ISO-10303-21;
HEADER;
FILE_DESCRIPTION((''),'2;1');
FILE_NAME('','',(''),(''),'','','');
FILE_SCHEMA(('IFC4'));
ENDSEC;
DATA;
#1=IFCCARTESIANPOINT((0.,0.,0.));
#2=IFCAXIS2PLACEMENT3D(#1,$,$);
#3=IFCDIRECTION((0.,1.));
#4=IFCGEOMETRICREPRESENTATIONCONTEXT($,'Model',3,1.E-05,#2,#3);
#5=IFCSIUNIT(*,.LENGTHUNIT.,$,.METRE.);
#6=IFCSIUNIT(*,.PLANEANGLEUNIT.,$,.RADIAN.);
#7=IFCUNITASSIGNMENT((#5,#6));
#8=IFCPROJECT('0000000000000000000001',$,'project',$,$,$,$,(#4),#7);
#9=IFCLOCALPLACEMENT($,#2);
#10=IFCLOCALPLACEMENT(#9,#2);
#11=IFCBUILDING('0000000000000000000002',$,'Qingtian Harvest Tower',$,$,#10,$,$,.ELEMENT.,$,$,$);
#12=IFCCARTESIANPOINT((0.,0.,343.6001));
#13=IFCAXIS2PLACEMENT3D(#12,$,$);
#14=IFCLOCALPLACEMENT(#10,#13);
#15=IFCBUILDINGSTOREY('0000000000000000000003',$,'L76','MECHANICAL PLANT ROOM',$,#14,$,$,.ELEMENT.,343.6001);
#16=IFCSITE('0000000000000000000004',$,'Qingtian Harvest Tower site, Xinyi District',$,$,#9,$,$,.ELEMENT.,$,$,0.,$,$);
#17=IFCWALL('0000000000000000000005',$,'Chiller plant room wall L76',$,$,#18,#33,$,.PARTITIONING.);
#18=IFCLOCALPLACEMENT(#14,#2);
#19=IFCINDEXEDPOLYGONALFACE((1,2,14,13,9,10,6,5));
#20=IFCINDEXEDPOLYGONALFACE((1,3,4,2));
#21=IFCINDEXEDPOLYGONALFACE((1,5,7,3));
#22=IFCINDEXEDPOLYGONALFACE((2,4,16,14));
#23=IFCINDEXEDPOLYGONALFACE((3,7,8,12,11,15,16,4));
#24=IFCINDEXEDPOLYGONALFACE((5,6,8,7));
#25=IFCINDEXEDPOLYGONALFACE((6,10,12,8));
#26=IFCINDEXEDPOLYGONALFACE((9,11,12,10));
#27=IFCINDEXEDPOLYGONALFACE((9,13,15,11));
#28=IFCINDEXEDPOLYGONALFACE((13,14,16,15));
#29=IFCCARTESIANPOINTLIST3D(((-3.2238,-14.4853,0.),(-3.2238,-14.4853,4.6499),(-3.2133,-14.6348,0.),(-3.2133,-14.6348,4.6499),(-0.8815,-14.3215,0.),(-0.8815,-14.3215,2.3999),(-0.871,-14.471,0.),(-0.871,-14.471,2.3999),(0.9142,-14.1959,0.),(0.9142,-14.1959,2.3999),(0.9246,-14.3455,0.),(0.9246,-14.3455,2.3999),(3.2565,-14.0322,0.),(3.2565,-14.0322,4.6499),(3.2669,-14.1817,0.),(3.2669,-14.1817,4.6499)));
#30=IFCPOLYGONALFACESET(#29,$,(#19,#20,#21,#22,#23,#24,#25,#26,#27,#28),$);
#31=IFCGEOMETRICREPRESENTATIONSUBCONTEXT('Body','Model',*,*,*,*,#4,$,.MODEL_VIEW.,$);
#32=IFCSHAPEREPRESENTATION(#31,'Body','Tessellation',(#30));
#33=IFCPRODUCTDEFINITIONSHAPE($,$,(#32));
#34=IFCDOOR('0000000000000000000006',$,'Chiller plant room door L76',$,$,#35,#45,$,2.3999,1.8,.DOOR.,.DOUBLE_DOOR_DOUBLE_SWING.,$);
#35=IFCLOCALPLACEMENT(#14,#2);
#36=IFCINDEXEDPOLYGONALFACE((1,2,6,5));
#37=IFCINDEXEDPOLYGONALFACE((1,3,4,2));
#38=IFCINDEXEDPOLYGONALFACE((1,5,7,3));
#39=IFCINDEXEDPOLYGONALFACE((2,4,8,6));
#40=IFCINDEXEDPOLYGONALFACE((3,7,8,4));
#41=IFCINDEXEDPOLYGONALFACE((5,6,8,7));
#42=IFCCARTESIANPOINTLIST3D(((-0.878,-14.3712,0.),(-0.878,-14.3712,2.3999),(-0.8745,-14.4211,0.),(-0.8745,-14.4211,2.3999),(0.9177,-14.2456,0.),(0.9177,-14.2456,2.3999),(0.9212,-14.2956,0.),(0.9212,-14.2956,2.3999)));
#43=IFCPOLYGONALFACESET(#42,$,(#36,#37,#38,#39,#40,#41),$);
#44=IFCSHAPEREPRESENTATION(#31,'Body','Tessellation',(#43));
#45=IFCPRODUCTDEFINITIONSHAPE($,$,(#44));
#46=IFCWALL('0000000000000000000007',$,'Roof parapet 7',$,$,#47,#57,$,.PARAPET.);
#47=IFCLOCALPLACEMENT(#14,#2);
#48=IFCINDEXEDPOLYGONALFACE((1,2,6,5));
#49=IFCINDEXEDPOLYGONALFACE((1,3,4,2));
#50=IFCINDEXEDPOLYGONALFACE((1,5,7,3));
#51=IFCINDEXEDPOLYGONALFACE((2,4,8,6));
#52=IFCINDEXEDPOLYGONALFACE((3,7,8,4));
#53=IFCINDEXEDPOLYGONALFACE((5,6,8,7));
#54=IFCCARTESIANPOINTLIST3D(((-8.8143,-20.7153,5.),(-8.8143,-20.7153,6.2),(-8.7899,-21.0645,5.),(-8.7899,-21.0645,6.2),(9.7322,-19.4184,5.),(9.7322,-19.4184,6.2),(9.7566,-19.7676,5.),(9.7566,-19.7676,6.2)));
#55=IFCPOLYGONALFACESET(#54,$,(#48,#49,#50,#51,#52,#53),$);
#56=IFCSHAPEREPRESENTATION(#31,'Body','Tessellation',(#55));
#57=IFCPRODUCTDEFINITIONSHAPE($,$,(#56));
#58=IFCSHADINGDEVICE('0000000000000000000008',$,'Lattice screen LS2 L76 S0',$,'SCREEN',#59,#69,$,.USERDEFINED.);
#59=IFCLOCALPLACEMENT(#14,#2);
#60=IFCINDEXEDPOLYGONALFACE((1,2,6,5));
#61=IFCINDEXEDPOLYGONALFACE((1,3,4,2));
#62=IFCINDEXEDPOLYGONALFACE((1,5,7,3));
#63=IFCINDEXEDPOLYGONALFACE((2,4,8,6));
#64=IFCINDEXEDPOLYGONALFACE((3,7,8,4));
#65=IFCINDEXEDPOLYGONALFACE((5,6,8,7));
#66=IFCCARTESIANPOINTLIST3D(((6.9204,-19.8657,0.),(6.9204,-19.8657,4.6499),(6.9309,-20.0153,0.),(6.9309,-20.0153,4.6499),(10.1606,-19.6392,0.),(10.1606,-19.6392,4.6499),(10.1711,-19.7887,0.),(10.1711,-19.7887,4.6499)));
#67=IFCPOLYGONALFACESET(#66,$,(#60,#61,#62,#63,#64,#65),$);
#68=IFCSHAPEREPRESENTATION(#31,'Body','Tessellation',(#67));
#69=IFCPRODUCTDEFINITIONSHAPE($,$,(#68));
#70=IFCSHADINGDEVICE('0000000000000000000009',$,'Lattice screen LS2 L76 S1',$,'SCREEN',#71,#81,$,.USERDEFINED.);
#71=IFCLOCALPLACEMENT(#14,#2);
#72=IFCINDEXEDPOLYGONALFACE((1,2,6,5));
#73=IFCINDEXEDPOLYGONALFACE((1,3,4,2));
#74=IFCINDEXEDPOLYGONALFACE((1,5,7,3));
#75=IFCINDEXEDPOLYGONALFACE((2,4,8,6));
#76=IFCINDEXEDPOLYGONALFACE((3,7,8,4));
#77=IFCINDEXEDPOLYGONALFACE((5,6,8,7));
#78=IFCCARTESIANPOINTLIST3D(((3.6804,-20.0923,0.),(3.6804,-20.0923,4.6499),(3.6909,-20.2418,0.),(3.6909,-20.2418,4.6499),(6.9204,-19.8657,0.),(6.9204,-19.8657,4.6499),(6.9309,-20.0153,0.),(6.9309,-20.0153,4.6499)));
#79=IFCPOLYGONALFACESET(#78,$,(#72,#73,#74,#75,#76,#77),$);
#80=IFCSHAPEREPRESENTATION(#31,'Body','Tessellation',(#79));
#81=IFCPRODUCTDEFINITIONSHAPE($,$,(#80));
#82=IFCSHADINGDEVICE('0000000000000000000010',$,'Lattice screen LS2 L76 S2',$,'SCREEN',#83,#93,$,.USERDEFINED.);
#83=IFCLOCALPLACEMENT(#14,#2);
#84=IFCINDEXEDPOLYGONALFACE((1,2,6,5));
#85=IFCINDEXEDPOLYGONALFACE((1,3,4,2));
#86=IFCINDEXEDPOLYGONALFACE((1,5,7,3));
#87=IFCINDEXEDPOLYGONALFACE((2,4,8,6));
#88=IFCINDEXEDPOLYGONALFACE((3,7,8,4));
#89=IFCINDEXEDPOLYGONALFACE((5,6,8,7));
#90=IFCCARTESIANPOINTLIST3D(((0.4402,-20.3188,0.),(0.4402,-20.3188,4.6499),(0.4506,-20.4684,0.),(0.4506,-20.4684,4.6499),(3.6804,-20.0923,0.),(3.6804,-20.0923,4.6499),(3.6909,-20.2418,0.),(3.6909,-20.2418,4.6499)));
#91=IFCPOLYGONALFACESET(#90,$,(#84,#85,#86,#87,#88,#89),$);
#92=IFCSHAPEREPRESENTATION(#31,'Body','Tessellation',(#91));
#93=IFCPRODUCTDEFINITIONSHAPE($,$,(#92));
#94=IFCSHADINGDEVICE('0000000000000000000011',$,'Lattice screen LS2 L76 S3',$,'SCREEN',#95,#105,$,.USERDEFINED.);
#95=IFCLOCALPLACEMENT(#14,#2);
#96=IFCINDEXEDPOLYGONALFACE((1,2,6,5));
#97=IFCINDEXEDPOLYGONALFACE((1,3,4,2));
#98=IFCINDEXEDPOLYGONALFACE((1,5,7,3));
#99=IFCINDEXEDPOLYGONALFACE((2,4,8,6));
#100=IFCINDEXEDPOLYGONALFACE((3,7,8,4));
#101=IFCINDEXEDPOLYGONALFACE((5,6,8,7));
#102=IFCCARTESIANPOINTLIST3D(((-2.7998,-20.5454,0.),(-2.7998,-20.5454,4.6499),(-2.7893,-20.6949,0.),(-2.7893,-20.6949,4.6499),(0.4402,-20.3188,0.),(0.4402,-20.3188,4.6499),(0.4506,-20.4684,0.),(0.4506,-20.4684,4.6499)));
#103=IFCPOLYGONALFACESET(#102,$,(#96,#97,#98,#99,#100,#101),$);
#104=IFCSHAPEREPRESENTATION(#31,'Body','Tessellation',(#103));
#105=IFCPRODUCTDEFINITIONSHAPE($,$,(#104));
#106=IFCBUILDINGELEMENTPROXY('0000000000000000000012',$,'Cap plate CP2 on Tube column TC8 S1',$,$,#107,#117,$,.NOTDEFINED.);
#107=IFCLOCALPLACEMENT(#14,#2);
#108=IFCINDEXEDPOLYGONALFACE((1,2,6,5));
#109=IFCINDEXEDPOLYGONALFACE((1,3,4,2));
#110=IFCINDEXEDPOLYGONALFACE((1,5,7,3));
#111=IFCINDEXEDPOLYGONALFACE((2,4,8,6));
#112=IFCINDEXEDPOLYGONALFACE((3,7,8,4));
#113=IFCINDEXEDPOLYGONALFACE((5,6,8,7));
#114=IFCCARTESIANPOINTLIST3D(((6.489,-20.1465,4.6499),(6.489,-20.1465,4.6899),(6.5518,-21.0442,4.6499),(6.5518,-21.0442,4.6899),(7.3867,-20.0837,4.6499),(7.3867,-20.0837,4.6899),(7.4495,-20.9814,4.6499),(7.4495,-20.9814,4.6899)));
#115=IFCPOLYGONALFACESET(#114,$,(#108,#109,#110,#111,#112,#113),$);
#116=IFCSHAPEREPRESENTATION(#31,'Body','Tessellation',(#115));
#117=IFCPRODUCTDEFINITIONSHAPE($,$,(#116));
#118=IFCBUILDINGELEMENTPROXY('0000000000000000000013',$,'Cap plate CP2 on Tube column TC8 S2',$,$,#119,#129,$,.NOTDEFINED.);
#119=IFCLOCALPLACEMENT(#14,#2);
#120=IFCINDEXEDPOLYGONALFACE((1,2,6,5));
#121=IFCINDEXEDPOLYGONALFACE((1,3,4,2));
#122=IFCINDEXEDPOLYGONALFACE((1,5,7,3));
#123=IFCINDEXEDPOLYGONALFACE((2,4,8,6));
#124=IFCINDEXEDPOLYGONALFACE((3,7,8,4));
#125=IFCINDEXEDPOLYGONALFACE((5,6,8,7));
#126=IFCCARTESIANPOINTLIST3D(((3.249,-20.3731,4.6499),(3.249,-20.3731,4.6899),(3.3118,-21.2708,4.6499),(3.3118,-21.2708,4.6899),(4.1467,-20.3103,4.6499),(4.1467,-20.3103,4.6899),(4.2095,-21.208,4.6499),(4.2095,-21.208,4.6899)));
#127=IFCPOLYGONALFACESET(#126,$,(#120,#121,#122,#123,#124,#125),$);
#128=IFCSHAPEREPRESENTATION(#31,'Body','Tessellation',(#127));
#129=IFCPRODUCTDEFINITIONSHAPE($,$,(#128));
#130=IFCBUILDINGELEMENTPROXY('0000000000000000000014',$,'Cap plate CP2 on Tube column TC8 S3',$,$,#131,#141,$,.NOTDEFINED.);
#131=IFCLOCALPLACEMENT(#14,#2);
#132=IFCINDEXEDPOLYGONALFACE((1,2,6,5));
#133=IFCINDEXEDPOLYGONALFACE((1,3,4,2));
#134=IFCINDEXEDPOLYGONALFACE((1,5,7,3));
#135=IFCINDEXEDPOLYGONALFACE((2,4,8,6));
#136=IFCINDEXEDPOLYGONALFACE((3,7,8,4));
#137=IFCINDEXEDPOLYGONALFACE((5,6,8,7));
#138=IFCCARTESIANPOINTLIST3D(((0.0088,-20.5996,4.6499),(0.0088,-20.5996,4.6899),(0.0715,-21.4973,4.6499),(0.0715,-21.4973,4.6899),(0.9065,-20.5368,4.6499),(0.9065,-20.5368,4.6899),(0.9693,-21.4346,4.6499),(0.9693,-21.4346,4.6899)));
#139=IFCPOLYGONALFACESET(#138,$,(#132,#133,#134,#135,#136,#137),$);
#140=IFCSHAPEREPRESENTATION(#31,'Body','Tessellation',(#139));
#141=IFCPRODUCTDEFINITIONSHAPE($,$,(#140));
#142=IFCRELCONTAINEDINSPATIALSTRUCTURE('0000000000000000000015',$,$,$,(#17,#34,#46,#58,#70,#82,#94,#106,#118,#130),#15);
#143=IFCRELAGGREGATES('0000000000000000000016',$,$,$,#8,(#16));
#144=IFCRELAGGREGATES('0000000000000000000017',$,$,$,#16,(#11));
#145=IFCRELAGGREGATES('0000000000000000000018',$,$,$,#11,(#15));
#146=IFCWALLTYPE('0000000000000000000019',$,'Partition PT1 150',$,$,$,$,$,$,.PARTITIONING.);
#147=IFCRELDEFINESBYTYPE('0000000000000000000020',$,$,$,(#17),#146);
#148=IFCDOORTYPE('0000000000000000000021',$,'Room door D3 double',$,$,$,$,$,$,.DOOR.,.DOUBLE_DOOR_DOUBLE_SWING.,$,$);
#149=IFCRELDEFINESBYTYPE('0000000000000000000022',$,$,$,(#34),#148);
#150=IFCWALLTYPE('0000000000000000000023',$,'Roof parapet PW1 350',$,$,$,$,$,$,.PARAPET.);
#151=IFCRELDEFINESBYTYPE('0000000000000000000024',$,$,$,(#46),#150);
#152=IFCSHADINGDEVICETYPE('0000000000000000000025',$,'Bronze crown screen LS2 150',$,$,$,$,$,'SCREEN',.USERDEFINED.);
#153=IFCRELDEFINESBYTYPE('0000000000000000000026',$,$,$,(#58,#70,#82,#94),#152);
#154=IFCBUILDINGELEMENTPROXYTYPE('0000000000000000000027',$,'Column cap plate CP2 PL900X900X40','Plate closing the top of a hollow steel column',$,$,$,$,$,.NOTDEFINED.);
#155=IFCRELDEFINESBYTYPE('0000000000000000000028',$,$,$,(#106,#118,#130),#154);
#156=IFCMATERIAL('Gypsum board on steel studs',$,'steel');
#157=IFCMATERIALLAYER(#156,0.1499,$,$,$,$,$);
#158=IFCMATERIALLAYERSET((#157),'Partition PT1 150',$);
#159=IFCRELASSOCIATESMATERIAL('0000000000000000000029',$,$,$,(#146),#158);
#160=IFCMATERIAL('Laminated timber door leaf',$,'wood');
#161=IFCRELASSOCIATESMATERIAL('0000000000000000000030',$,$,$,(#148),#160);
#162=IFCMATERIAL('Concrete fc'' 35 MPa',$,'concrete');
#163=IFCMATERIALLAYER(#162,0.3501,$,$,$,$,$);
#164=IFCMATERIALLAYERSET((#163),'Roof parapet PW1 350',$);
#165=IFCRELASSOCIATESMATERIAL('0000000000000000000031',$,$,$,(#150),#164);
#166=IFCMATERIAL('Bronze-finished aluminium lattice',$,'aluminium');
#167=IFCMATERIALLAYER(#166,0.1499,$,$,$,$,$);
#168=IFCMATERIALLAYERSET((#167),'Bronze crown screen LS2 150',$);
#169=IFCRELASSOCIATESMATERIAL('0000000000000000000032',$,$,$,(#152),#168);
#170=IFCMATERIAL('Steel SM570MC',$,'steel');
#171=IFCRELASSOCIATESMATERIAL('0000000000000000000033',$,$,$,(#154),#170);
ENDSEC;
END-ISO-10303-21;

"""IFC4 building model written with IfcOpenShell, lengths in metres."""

from ifc_helpers import new_model, si_unit, direction, frame, frame_2d, origin, origin_2d, place, context, subcontext, project, spatial, polyline, rectangle, outline, extrude, material, layer, layer_set, material_profile, profile_set, type_object, element, fill, save


model = new_model("IFC4")

# Units and contexts
model_context = context("Model", 3, precision=1e-05, world=origin(), true_north=direction((0.0, 1.0)))
body_context = subcontext(model_context, "Body", "Model", "MODEL_VIEW")
ifc_project = project(units=[si_unit("LENGTHUNIT", "METRE"), si_unit("PLANEANGLEUNIT", "RADIAN")], contexts=[model_context])

# Site, building, storey
site_placement = place(None, origin())
site = spatial("IfcSite", under=ifc_project, at=site_placement, Name="Qingtian Harvest Tower site, Xinyi District", CompositionType="ELEMENT", RefElevation=0.0)
building_placement = place(site_placement, origin())
building = spatial("IfcBuilding", under=site, at=building_placement, Name="Qingtian Harvest Tower", CompositionType="ELEMENT")
storey_placement = place(building_placement, frame((0.0, 0.0, 343.6001)))
storey = spatial("IfcBuildingStorey", under=building, at=storey_placement, Name="L76", Description="MECHANICAL PLANT ROOM", CompositionType="ELEMENT", Elevation=343.6001)

# Shared definitions
ifc_material_1 = material(Name="Gypsum board on steel studs", Category="steel")
ifc_layer_1 = layer(ifc_material_1, 0.1499)
ifc_layer_set_1 = layer_set([ifc_layer_1], Name="Partition PT1 150")
wall_type_1 = type_object("IfcWallType", Name="Partition PT1 150", PredefinedType="PARTITIONING", material=ifc_layer_set_1)

# Wall, opening, door
wall_1_placement = place(storey_placement, frame((3.2617, -14.1069, 0.0), z_axis=(0.0, 0.0, 1.0), x_axis=(-0.997564, -0.069754, 0.0)))
wall_1 = element("IfcWall", 1, at=wall_1_placement, inside=storey, type_object=wall_type_1, Name="Chiller plant room wall L76", PredefinedType="PARTITIONING", context=body_context, shape_type="SweptSolid", body=[
    extrude(rectangle(XDim=6.4961, YDim=0.1499, at=frame_2d((3.248, 0.0))), origin(), (0.0, 0.0, 1.0), 4.6499),
])
opening_placement = place(wall_1_placement, frame((2.3481, 0.0, 0.0)))
opening = element("IfcOpeningElement", 2, at=opening_placement, cuts=wall_1, PredefinedType="OPENING", context=body_context, shape_type="SweptSolid", body=[
    extrude(rectangle(XDim=1.8, YDim=2.3999, at=frame_2d((0.8999, 1.2))), frame((0.0, 0.085, 0.0), z_axis=(0.0, -1.0, 0.0), x_axis=(1.0, 0.0, 0.0)), (0.0, 0.0, 1.0), 0.1699),
])
ifc_material_2 = material(Name="Laminated timber door leaf", Category="wood")
door_type = type_object("IfcDoorType", Name="Room door D3 double", OperationType="DOUBLE_DOOR_DOUBLE_SWING", PredefinedType="DOOR", material=ifc_material_2)
door_placement = place(opening_placement, origin())
door = element("IfcDoor", 3, at=door_placement, inside=storey, type_object=door_type, Name="Chiller plant room door L76", OperationType="DOUBLE_DOOR_DOUBLE_SWING", OverallHeight=2.3999, OverallWidth=1.8, PredefinedType="DOOR", context=body_context, shape_type="SweptSolid", body=[
    extrude(rectangle(XDim=1.8, YDim=2.3999, at=frame_2d((0.8999, 1.2))), frame((0.0, 0.0249, 0.0), z_axis=(0.0, -1.0, 0.0), x_axis=(1.0, 0.0, 0.0)), (0.0, 0.0, 1.0), 0.05),
])
fill(opening, door)

# Wall
ifc_material_3 = material(Name="Concrete fc' 35 MPa", Category="concrete")
ifc_layer_2 = layer(ifc_material_3, 0.3501)
ifc_layer_set_2 = layer_set([ifc_layer_2], Name="Roof parapet PW1 350")
wall_type_2 = type_object("IfcWallType", Name="Roof parapet PW1 350", PredefinedType="PARAPET", material=ifc_layer_set_2)
wall_2_placement = place(storey_placement, frame((9.7444, -19.593, 5.0), z_axis=(0.0, 0.0, 1.0), x_axis=(-0.997564, -0.069755, 0.0)))
element("IfcWall", 4, at=wall_2_placement, inside=storey, type_object=wall_type_2, Name="Roof parapet 7", PredefinedType="PARAPET", context=body_context, shape_type="SweptSolid", body=[
    extrude(rectangle(XDim=18.5918, YDim=0.3501, at=frame_2d((9.2959, 0.0))), origin(), (0.0, 0.0, 1.0), 1.2),
])

# Shading devices
ifc_material_4 = material(Name="Bronze-finished aluminium lattice", Category="aluminium")
ifc_layer_3 = layer(ifc_material_4, 0.1499)
ifc_layer_set_3 = layer_set([ifc_layer_3], Name="Bronze crown screen LS2 150")
shading_device_type = type_object("IfcShadingDeviceType", Name="Bronze crown screen LS2 150", ElementType="SCREEN", PredefinedType="USERDEFINED", material=ifc_layer_set_3)
shading_device_1_placement = place(storey_placement, frame((10.1606, -19.6392, 0.0), z_axis=(-0.069751, 0.997564, 0.0), x_axis=(-0.997564, -0.069751, 0.0)))
element("IfcShadingDevice", 5, at=shading_device_1_placement, inside=storey, type_object=shading_device_type, Name="Lattice screen LS2 L76 S0", ObjectType="SCREEN", PredefinedType="USERDEFINED", context=body_context, shape_type="SweptSolid", body=[
    extrude(outline(polyline([(0.0, 0.0), (3.2481, 0.0), (3.2481, 4.6499), (0.0, 4.6499), (0.0, 0.0)])), origin(), (0.0, 0.0, -1.0), 0.1499),
])
shading_device_2_placement = place(storey_placement, frame((6.9204, -19.8657, 0.0), z_axis=(-0.069757, 0.997564, 0.0), x_axis=(-0.997564, -0.069757, 0.0)))
element("IfcShadingDevice", 6, at=shading_device_2_placement, inside=storey, type_object=shading_device_type, Name="Lattice screen LS2 L76 S1", ObjectType="SCREEN", PredefinedType="USERDEFINED", context=body_context, shape_type="SweptSolid", body=[
    extrude(outline(polyline([(0.0, 0.0), (3.2479, 0.0), (3.2479, 4.6499), (0.0, 4.6499), (0.0, 0.0)])), origin(), (0.0, 0.0, -1.0), 0.1499),
])
shading_device_3_placement = place(storey_placement, frame((3.6804, -20.0923, 0.0), z_axis=(-0.069751, 0.997564, 0.0), x_axis=(-0.997564, -0.069751, 0.0)))
element("IfcShadingDevice", 7, at=shading_device_3_placement, inside=storey, type_object=shading_device_type, Name="Lattice screen LS2 L76 S2", ObjectType="SCREEN", PredefinedType="USERDEFINED", context=body_context, shape_type="SweptSolid", body=[
    extrude(outline(polyline([(0.0, 0.0), (3.2481, 0.0), (3.2481, 4.6499), (0.0, 4.6499), (0.0, 0.0)])), origin(), (0.0, 0.0, -1.0), 0.1499),
])
shading_device_4_placement = place(storey_placement, frame((0.4402, -20.3188, 0.0), z_axis=(-0.069757, 0.997564, 0.0), x_axis=(-0.997564, -0.069757, 0.0)))
element("IfcShadingDevice", 8, at=shading_device_4_placement, inside=storey, type_object=shading_device_type, Name="Lattice screen LS2 L76 S3", ObjectType="SCREEN", PredefinedType="USERDEFINED", context=body_context, shape_type="SweptSolid", body=[
    extrude(outline(polyline([(0.0, 0.0), (3.2479, 0.0), (3.2479, 4.6499), (0.0, 4.6499), (0.0, 0.0)])), origin(), (0.0, 0.0, -1.0), 0.1499),
])

# Building element proxies
ifc_material_5 = material(Name="Steel SM570MC", Category="steel")
ifc_material_profile_1 = material_profile(ifc_material_5, rectangle(XDim=0.8999, YDim=0.8999, at=origin_2d()), Name="PL900X900X40")
ifc_profile_set_1 = profile_set([ifc_material_profile_1], Name="Steel SM570MC")
building_element_proxy_type = type_object("IfcBuildingElementProxyType", Name="Column cap plate CP2 PL900X900X40", Description="Plate closing the top of a hollow steel column", PredefinedType="NOTDEFINED", material=ifc_profile_set_1)
for number, where, z_axis, x_axis, name in (
    (9, (6.9692, -20.564, 4.6499), (0.0, 0.0, 1.0), (0.997564, 0.069756, 0.0), "Cap plate CP2 on Tube column TC8 S1"),
    (10, (3.7292, -20.7905, 4.6499), (0.0, 0.0, 1.0), (0.997564, 0.069756, 0.0), "Cap plate CP2 on Tube column TC8 S2"),
    (11, (0.489, -21.0171, 4.6499), (0.0, 0.0, 1.0), (0.997564, 0.069756, 0.0), "Cap plate CP2 on Tube column TC8 S3"),
):
    element("IfcBuildingElementProxy", number, at=place(storey_placement, frame(where, z_axis=z_axis, x_axis=x_axis)), inside=storey, type_object=building_element_proxy_type, Name=name, PredefinedType="NOTDEFINED", context=body_context, shape_type="SweptSolid", body=[
        extrude(rectangle(XDim=0.8999, YDim=0.8999, at=origin_2d()), origin(), (0.0, 0.0, 1.0), 0.04),
    ])

save(model, "model.ifc")
